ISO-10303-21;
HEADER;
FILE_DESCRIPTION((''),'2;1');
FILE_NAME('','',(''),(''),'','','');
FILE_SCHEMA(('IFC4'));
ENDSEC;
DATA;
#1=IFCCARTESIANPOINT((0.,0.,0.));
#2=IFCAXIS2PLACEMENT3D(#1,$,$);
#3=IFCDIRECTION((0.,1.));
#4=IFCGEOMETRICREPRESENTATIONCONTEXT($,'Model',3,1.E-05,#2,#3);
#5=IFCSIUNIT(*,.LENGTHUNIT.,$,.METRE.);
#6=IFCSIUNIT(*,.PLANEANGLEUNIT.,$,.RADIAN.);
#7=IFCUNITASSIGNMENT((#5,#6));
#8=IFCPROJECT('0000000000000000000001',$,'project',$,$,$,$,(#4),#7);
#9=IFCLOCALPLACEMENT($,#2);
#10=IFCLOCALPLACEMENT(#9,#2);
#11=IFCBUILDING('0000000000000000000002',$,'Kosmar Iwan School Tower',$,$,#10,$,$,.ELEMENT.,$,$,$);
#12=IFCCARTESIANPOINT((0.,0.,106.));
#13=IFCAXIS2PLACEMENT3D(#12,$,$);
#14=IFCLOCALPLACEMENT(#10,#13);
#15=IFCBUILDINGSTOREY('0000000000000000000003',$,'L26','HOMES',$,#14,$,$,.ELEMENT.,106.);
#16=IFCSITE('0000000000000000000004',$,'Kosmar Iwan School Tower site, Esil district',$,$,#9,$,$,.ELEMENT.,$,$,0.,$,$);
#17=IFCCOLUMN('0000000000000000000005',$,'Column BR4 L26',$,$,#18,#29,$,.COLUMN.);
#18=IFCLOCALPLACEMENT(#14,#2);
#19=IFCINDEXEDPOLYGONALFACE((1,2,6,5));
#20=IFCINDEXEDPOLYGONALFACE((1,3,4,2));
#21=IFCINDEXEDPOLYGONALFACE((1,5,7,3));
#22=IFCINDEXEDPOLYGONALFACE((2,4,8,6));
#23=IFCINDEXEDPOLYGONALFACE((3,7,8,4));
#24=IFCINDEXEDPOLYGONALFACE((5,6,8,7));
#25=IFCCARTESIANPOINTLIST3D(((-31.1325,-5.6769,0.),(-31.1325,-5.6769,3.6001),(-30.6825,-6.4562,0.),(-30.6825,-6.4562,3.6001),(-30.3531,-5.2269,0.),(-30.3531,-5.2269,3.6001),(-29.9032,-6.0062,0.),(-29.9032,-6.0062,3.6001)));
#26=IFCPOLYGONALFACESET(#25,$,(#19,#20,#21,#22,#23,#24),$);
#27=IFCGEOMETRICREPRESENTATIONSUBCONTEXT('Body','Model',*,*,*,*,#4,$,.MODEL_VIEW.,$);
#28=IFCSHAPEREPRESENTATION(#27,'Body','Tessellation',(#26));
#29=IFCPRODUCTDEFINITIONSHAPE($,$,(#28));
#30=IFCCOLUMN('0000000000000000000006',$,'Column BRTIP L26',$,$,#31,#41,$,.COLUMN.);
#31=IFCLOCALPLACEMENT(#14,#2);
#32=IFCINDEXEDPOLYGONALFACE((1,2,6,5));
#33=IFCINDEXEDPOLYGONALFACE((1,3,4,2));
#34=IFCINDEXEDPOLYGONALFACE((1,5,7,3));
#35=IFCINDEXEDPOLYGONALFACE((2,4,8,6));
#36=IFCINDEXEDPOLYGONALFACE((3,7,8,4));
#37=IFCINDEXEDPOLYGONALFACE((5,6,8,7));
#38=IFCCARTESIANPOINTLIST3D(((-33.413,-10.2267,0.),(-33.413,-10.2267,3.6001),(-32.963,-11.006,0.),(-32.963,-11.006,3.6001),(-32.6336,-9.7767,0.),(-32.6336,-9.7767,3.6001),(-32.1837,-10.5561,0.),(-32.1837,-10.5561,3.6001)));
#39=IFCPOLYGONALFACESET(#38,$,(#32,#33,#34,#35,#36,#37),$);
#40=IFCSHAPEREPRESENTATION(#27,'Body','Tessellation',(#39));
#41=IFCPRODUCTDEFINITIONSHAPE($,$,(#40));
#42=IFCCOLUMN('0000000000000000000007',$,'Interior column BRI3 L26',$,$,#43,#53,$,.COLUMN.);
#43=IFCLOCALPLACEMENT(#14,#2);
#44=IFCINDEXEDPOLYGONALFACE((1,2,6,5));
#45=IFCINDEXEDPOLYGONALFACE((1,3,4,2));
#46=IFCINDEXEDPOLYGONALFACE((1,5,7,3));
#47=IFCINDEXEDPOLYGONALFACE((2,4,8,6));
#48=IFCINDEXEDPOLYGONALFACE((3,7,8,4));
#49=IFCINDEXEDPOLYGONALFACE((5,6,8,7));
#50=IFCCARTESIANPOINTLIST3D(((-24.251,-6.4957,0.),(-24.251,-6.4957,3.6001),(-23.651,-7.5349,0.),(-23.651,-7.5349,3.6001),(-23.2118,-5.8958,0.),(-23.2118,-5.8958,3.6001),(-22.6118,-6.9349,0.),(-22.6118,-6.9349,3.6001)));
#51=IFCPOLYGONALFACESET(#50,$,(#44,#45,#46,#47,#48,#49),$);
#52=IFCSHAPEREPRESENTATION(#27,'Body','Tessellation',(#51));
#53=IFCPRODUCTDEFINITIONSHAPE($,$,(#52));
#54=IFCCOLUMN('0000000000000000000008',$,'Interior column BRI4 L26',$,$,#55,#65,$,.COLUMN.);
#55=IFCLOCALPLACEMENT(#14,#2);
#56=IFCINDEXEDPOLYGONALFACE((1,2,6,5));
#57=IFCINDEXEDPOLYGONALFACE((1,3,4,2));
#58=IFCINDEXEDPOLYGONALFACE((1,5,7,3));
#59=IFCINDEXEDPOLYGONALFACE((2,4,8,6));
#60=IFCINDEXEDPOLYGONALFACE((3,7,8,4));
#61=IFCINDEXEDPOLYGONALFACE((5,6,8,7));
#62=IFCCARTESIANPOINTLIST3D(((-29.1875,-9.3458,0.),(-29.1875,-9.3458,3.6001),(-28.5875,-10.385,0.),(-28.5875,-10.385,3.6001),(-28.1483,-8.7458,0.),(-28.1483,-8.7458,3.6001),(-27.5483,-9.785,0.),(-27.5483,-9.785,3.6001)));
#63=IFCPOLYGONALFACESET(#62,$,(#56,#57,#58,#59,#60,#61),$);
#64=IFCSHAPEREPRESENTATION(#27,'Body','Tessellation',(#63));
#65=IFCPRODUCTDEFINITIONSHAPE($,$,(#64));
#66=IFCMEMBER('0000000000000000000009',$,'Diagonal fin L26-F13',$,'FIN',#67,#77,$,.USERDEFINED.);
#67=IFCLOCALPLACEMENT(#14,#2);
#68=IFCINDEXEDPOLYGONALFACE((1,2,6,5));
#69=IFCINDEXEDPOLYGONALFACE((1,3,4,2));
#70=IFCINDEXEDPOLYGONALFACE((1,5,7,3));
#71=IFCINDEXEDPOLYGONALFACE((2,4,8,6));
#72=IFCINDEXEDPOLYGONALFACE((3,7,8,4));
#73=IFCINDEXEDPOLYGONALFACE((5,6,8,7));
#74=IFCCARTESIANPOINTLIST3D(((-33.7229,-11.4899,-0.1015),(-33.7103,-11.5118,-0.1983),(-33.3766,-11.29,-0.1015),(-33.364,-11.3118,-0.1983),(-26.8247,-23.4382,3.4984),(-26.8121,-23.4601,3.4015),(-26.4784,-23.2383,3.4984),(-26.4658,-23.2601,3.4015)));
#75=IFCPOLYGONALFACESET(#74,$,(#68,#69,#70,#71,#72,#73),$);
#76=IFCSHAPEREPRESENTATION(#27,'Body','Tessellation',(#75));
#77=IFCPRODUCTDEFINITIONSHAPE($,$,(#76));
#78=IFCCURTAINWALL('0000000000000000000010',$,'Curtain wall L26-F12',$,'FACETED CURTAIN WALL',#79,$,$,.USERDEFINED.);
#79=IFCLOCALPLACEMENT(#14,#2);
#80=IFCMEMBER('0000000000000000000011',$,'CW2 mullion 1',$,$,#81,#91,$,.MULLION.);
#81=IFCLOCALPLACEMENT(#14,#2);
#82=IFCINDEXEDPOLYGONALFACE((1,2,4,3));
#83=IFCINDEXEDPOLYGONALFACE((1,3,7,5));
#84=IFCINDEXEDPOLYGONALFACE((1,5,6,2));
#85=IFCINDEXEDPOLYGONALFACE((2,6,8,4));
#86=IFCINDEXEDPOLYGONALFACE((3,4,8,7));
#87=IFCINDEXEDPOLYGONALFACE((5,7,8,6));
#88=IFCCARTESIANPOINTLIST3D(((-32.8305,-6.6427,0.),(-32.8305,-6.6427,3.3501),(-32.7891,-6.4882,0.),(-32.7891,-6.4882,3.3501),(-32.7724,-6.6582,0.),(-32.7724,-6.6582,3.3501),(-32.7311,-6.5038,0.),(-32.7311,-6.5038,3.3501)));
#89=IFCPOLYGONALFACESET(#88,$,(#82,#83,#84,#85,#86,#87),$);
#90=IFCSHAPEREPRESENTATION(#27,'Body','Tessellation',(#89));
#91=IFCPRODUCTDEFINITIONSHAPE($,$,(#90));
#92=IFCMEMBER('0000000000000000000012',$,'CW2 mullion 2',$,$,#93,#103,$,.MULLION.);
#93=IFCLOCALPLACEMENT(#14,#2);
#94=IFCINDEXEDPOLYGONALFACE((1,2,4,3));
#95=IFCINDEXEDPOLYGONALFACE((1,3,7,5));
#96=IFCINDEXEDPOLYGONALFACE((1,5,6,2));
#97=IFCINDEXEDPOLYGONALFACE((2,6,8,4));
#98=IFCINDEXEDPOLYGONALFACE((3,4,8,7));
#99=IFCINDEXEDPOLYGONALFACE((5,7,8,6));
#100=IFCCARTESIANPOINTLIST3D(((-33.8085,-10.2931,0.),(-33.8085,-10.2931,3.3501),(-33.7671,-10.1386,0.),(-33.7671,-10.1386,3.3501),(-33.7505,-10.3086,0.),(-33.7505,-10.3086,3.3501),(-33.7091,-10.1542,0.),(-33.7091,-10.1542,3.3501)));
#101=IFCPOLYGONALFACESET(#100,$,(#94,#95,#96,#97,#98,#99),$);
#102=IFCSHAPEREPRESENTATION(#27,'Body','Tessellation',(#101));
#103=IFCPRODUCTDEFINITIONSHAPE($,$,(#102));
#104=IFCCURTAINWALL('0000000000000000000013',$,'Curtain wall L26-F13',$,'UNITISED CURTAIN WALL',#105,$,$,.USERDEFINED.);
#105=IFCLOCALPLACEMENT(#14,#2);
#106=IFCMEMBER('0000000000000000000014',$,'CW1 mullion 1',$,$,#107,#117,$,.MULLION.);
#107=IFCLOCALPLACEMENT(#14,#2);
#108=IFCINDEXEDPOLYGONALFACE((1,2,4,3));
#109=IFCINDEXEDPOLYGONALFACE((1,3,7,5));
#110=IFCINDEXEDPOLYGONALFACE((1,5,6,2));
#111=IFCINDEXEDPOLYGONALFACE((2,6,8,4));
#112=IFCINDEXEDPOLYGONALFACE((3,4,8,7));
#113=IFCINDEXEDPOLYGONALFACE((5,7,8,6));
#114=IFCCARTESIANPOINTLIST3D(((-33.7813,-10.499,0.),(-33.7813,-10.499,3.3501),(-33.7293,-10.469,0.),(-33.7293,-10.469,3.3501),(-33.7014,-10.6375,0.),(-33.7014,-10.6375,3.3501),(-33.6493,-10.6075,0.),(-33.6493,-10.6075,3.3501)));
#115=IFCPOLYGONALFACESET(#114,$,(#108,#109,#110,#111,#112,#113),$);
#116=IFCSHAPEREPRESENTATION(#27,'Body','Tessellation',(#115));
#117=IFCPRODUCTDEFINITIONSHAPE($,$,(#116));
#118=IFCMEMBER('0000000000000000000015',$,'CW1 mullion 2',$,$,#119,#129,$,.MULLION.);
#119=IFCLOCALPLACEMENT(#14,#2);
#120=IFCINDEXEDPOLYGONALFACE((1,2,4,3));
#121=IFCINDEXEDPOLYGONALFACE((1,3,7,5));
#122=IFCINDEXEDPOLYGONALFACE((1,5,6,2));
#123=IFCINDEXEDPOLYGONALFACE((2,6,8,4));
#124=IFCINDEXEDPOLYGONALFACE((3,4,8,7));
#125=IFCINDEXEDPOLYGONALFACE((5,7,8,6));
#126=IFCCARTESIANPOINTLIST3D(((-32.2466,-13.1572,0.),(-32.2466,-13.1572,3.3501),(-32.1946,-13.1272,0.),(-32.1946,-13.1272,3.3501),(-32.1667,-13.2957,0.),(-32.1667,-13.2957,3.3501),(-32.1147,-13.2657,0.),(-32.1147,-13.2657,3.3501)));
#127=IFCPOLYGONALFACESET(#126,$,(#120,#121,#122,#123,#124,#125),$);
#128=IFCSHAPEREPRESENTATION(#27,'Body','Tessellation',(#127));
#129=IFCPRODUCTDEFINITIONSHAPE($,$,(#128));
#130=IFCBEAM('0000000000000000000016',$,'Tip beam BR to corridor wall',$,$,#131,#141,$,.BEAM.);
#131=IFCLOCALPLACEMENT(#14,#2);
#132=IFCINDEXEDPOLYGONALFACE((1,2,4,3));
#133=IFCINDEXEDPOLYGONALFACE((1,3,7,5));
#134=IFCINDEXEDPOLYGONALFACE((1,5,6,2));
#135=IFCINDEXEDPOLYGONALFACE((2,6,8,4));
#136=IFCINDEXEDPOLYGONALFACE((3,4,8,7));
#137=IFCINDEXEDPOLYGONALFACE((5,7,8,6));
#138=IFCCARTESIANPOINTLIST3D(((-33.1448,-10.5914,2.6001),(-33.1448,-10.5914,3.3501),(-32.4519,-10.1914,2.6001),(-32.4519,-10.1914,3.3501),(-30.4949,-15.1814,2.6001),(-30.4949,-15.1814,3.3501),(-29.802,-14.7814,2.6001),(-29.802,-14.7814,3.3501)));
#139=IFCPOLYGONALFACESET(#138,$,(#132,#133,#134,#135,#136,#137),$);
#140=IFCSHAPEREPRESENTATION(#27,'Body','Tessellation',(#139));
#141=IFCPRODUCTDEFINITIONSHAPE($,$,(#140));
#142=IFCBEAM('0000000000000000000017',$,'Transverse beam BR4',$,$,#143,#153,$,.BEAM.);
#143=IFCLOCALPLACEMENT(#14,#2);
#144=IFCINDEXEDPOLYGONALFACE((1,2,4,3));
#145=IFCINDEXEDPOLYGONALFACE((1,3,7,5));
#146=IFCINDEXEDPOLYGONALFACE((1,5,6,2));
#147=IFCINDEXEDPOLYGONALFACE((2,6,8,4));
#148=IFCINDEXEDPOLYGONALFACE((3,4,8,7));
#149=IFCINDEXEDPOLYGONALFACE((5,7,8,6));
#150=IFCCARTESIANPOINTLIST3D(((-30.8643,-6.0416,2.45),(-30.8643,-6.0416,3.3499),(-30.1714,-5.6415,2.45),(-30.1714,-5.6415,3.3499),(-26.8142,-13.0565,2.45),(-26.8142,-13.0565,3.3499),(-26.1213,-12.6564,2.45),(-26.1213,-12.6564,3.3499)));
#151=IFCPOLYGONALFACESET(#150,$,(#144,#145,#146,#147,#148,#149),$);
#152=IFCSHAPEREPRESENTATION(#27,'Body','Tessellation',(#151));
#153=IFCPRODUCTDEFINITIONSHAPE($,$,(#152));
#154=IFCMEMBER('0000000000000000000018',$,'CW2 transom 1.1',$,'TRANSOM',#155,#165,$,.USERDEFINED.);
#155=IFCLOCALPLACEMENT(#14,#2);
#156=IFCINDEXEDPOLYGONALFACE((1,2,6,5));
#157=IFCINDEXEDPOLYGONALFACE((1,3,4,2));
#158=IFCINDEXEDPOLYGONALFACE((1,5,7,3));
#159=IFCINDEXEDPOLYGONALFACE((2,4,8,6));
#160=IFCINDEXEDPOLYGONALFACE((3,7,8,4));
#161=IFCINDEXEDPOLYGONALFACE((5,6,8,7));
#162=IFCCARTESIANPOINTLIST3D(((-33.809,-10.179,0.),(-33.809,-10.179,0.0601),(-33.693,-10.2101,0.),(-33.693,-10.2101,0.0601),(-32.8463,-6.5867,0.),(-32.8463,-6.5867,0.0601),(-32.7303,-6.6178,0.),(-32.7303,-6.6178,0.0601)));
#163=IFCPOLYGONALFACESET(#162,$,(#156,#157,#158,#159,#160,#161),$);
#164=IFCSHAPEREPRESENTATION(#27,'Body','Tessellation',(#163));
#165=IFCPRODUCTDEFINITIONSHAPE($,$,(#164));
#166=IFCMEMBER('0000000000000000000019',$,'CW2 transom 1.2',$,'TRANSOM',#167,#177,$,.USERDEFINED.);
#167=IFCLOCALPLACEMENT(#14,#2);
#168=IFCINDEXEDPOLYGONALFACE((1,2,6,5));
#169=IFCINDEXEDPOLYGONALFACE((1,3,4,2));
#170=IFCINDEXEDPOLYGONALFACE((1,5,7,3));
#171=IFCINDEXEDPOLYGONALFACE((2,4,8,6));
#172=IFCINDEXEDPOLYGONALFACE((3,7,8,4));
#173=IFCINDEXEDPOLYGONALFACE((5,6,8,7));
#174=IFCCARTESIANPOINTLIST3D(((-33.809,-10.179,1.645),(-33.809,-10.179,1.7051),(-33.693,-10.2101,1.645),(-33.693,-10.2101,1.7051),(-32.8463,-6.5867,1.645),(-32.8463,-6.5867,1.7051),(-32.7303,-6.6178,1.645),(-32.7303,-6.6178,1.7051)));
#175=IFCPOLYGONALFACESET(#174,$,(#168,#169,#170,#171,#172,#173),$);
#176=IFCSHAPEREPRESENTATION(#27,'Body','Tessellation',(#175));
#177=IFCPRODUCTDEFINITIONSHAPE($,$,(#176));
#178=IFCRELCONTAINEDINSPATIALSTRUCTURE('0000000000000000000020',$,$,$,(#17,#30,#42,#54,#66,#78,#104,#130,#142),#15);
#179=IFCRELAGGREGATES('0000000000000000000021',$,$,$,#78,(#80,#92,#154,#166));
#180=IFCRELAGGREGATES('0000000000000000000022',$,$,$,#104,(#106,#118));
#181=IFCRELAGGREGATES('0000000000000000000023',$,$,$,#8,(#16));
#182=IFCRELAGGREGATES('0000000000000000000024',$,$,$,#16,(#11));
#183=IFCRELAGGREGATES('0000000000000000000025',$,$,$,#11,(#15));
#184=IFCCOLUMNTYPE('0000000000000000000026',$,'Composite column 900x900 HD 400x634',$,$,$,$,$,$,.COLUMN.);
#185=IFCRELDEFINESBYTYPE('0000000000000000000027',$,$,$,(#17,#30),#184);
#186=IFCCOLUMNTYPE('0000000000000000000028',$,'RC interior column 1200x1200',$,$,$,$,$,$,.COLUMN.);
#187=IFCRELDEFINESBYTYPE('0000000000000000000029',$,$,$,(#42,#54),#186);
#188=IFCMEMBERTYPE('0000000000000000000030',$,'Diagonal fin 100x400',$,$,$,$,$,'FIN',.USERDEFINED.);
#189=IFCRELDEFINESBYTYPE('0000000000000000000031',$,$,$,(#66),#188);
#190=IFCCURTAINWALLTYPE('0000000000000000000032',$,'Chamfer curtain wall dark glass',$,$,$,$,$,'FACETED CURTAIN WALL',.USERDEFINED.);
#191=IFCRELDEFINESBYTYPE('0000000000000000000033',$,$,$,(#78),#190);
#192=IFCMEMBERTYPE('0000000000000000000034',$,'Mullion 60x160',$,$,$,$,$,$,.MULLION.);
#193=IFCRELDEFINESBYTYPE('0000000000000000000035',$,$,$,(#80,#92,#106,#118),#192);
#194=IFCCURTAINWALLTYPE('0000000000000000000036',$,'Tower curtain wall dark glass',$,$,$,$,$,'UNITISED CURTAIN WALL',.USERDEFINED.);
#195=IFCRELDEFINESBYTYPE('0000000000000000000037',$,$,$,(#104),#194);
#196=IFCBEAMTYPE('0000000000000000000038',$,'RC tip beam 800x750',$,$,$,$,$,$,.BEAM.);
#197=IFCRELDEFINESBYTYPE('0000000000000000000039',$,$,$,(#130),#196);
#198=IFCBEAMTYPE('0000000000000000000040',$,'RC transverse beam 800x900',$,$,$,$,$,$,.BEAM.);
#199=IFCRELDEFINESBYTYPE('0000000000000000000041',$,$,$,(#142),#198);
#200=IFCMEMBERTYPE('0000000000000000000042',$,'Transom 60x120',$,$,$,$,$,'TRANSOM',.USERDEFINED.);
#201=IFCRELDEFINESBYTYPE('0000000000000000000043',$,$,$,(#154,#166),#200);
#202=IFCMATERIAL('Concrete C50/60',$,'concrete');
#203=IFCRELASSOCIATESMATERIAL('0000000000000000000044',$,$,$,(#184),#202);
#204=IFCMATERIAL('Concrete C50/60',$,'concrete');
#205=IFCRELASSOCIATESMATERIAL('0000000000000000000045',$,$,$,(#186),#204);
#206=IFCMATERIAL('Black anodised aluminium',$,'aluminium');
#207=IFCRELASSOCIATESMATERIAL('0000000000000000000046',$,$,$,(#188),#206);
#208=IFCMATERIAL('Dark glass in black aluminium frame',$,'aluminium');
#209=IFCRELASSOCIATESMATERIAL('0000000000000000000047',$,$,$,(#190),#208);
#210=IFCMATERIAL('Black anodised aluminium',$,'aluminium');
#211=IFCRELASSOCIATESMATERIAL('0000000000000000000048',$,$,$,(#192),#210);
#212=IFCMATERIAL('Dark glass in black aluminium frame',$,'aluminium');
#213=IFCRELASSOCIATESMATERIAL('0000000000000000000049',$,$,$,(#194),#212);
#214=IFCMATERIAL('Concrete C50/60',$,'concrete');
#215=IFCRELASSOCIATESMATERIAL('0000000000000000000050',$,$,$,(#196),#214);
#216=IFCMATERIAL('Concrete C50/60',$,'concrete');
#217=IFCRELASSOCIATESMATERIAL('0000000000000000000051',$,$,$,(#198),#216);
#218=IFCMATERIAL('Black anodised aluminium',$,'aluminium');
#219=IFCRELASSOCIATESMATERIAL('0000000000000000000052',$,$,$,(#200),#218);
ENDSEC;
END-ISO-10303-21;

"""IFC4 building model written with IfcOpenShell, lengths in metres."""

from ifc_helpers import new_model, si_unit, direction, frame, origin, origin_2d, place, context, subcontext, project, spatial, rectangle, extrude, material, material_profile, profile_set, type_object, element, aggregate, save


model = new_model("IFC4")

# Units and contexts
model_context = context("Model", 3, precision=1e-05, world=origin(), true_north=direction((0.0, 1.0)))
body_context = subcontext(model_context, "Body", "Model", "MODEL_VIEW")
ifc_project = project(units=[si_unit("LENGTHUNIT", "METRE"), si_unit("PLANEANGLEUNIT", "RADIAN")], contexts=[model_context])

# Site, building, storey
site_placement = place(None, origin())
site = spatial("IfcSite", under=ifc_project, at=site_placement, Name="Kosmar Iwan School Tower site, Esil district", CompositionType="ELEMENT", RefElevation=0.0)
building_placement = place(site_placement, origin())
building = spatial("IfcBuilding", under=site, at=building_placement, Name="Kosmar Iwan School Tower", CompositionType="ELEMENT")
storey_placement = place(building_placement, frame((0.0, 0.0, 106.0)))
storey = spatial("IfcBuildingStorey", under=building, at=storey_placement, Name="L26", Description="HOMES", CompositionType="ELEMENT", Elevation=106.0)

# Columns
ifc_material_1 = material(Name="Concrete C50/60", Category="concrete")
ifc_material_profile_1 = material_profile(ifc_material_1, rectangle(XDim=0.8999, YDim=0.8999, at=origin_2d()), Name="RC 900x900 + HD 400x634")
ifc_profile_set_1 = profile_set([ifc_material_profile_1], Name="Concrete C50/60")
column_type_1 = type_object("IfcColumnType", Name="Composite column 900x900 HD 400x634", PredefinedType="COLUMN", material=ifc_profile_set_1)
for number, where, z_axis, x_axis, name in (
    (1, (-30.5178, -5.8416, 0.0), (0.0, 0.0, 1.0), (-0.866025, -0.5, 0.0), "Column BR4 L26"),
    (2, (-32.7983, -10.3914, 0.0), (0.0, 0.0, 1.0), (-0.866025, -0.5, 0.0), "Column BRTIP L26"),
):
    element("IfcColumn", number, at=place(storey_placement, frame(where, z_axis=z_axis, x_axis=x_axis)), inside=storey, type_object=column_type_1, Name=name, PredefinedType="COLUMN", context=body_context, shape_type="SweptSolid", body=[
        extrude(rectangle(XDim=0.8999, YDim=0.8999, at=origin_2d()), origin(), (0.0, 0.0, 1.0), 3.6001),
    ])
ifc_material_2 = material(Name="Concrete C50/60", Category="concrete")
ifc_material_profile_2 = material_profile(ifc_material_2, rectangle(XDim=1.2, YDim=1.2, at=origin_2d()), Name="RC 1200x1200")
ifc_profile_set_2 = profile_set([ifc_material_profile_2], Name="Concrete C50/60")
column_type_2 = type_object("IfcColumnType", Name="RC interior column 1200x1200", PredefinedType="COLUMN", material=ifc_profile_set_2)
for number, where, z_axis, x_axis, name in (
    (3, (-23.4314, -6.7153, 0.0), (0.0, 0.0, 1.0), (-0.866025, -0.5, 0.0), "Interior column BRI3 L26"),
    (4, (-28.3679, -9.5654, 0.0), (0.0, 0.0, 1.0), (-0.866025, -0.5, 0.0), "Interior column BRI4 L26"),
):
    element("IfcColumn", number, at=place(storey_placement, frame(where, z_axis=z_axis, x_axis=x_axis)), inside=storey, type_object=column_type_2, Name=name, PredefinedType="COLUMN", context=body_context, shape_type="SweptSolid", body=[
        extrude(rectangle(XDim=1.2, YDim=1.2, at=origin_2d()), origin(), (0.0, 0.0, 1.0), 3.6001),
    ])

# Member
ifc_material_3 = material(Name="Black anodised aluminium", Category="aluminium")
ifc_material_profile_3 = material_profile(ifc_material_3, rectangle(XDim=0.1001, YDim=0.3999, at=origin_2d()), Name="FIN 100x400")
ifc_profile_set_3 = profile_set([ifc_material_profile_3], Name="Black anodised aluminium")
member_type_1 = type_object("IfcMemberType", Name="Diagonal fin 100x400", ElementType="FIN", PredefinedType="USERDEFINED", material=ifc_profile_set_3)
member_1_placement = place(storey_placement, frame((-33.5435, -11.4009, -0.1499), z_axis=(0.483796, -0.837974, 0.252471), x_axis=(-0.126234, 0.218647, 0.967604)))
element("IfcMember", 5, at=member_1_placement, inside=storey, type_object=member_type_1, Name="Diagonal fin L26-F13", ObjectType="FIN", PredefinedType="USERDEFINED", context=body_context, shape_type="SweptSolid", body=[
    extrude(rectangle(XDim=0.1001, YDim=0.3999, at=origin_2d()), origin(), (0.0, 0.0, 1.0), 14.2585),
])

# Curtain walls, members
ifc_material_4 = material(Name="Dark glass in black aluminium frame", Category="aluminium")
curtain_wall_type_1 = type_object("IfcCurtainWallType", Name="Chamfer curtain wall dark glass", ElementType="FACETED CURTAIN WALL", PredefinedType="USERDEFINED", material=ifc_material_4)
curtain_wall_1_placement = place(storey_placement, origin())
curtain_wall_1 = element("IfcCurtainWall", 6, at=curtain_wall_1_placement, inside=storey, type_object=curtain_wall_type_1, Name="Curtain wall L26-F12", ObjectType="FACETED CURTAIN WALL", PredefinedType="USERDEFINED")
ifc_material_5 = material(Name="Black anodised aluminium", Category="aluminium")
ifc_material_profile_4 = material_profile(ifc_material_5, rectangle(XDim=0.0601, YDim=0.1599, at=origin_2d()), Name="MULLION 60x160")
ifc_profile_set_4 = profile_set([ifc_material_profile_4], Name="Black anodised aluminium")
member_type_2 = type_object("IfcMemberType", Name="Mullion 60x160", PredefinedType="MULLION", material=ifc_profile_set_4)
member_2_placement = place(storey_placement, frame((-32.7808, -6.5732, 0.0), z_axis=(0.0, 0.0, 1.0), x_axis=(0.965926, -0.258819, 0.0)))
member_2 = element("IfcMember", 7, at=member_2_placement, type_object=member_type_2, Name="CW2 mullion 1", PredefinedType="MULLION", context=body_context, shape_type="SweptSolid", body=[
    extrude(rectangle(XDim=0.0601, YDim=0.1599, at=origin_2d()), origin(), (0.0, 0.0, 1.0), 3.3501),
])
member_3_placement = place(storey_placement, frame((-33.7588, -10.2236, 0.0), z_axis=(0.0, 0.0, 1.0), x_axis=(0.965926, -0.258819, 0.0)))
member_3 = element("IfcMember", 8, at=member_3_placement, type_object=member_type_2, Name="CW2 mullion 2", PredefinedType="MULLION", context=body_context, shape_type="SweptSolid", body=[
    extrude(rectangle(XDim=0.0601, YDim=0.1599, at=origin_2d()), origin(), (0.0, 0.0, 1.0), 3.3501),
])
ifc_material_6 = material(Name="Dark glass in black aluminium frame", Category="aluminium")
curtain_wall_type_2 = type_object("IfcCurtainWallType", Name="Tower curtain wall dark glass", ElementType="UNITISED CURTAIN WALL", PredefinedType="USERDEFINED", material=ifc_material_6)
curtain_wall_2_placement = place(storey_placement, origin())
curtain_wall_2 = element("IfcCurtainWall", 9, at=curtain_wall_2_placement, inside=storey, type_object=curtain_wall_type_2, Name="Curtain wall L26-F13", ObjectType="UNITISED CURTAIN WALL", PredefinedType="USERDEFINED")
member_4_placement = place(storey_placement, frame((-33.7153, -10.5532, 0.0), z_axis=(0.0, 0.0, 1.0), x_axis=(0.866025, 0.5, 0.0)))
member_4 = element("IfcMember", 10, at=member_4_placement, type_object=member_type_2, Name="CW1 mullion 1", PredefinedType="MULLION", context=body_context, shape_type="SweptSolid", body=[
    extrude(rectangle(XDim=0.0601, YDim=0.1599, at=origin_2d()), origin(), (0.0, 0.0, 1.0), 3.3501),
])
member_5_placement = place(storey_placement, frame((-32.1807, -13.2114, 0.0), z_axis=(0.0, 0.0, 1.0), x_axis=(0.866025, 0.5, 0.0)))
member_5 = element("IfcMember", 11, at=member_5_placement, type_object=member_type_2, Name="CW1 mullion 2", PredefinedType="MULLION", context=body_context, shape_type="SweptSolid", body=[
    extrude(rectangle(XDim=0.0601, YDim=0.1599, at=origin_2d()), origin(), (0.0, 0.0, 1.0), 3.3501),
])

# Beams
ifc_material_7 = material(Name="Concrete C50/60", Category="concrete")
ifc_material_profile_5 = material_profile(ifc_material_7, rectangle(XDim=0.8, YDim=0.75, at=origin_2d()), Name="RC 800x750")
ifc_profile_set_5 = profile_set([ifc_material_profile_5], Name="Concrete C50/60")
beam_type_1 = type_object("IfcBeamType", Name="RC tip beam 800x750", PredefinedType="BEAM", material=ifc_profile_set_5)
beam_1_placement = place(storey_placement, frame((-32.7983, -10.3914, 2.9751), z_axis=(0.499974, -0.866041, 0.0), x_axis=(0.866041, 0.499974, 0.0)))
element("IfcBeam", 12, at=beam_1_placement, inside=storey, type_object=beam_type_1, Name="Tip beam BR to corridor wall", PredefinedType="BEAM", context=body_context, shape_type="SweptSolid", body=[
    extrude(rectangle(XDim=0.8, YDim=0.75, at=origin_2d()), origin(), (0.0, 0.0, 1.0), 5.3),
])
ifc_material_8 = material(Name="Concrete C50/60", Category="concrete")
ifc_material_profile_6 = material_profile(ifc_material_8, rectangle(XDim=0.8, YDim=0.8999, at=origin_2d()), Name="RC 800x900")
ifc_profile_set_6 = profile_set([ifc_material_profile_6], Name="Concrete C50/60")
beam_type_2 = type_object("IfcBeamType", Name="RC transverse beam 800x900", PredefinedType="BEAM", material=ifc_profile_set_6)
beam_2_placement = place(storey_placement, frame((-30.5178, -5.8416, 2.8999), z_axis=(0.5, -0.866025, 0.0), x_axis=(0.866025, 0.5, 0.0)))
element("IfcBeam", 13, at=beam_2_placement, inside=storey, type_object=beam_type_2, Name="Transverse beam BR4", PredefinedType="BEAM", context=body_context, shape_type="SweptSolid", body=[
    extrude(rectangle(XDim=0.8, YDim=0.8999, at=origin_2d()), origin(), (0.0, 0.0, 1.0), 8.1001),
])

# Members
ifc_material_9 = material(Name="Black anodised aluminium", Category="aluminium")
ifc_material_profile_7 = material_profile(ifc_material_9, rectangle(XDim=0.1201, YDim=0.0601, at=origin_2d()), Name="TRANSOM 60x120")
ifc_profile_set_7 = profile_set([ifc_material_profile_7], Name="Black anodised aluminium")
member_type_3 = type_object("IfcMemberType", Name="Transom 60x120", ElementType="TRANSOM", PredefinedType="USERDEFINED", material=ifc_profile_set_7)
member_6_placement = place(storey_placement, frame((-32.7883, -6.6023, 0.03), z_axis=(-0.258843, -0.965919, 0.0), x_axis=(0.965919, -0.258843, 0.0)))
member_6 = element("IfcMember", 14, at=member_6_placement, type_object=member_type_3, Name="CW2 transom 1.1", ObjectType="TRANSOM", PredefinedType="USERDEFINED", context=body_context, shape_type="SweptSolid", body=[
    extrude(rectangle(XDim=0.1201, YDim=0.0601, at=origin_2d()), origin(), (0.0, 0.0, 1.0), 3.719),
])
member_7_placement = place(storey_placement, frame((-32.7883, -6.6023, 1.675), z_axis=(-0.258843, -0.965919, 0.0), x_axis=(0.965919, -0.258843, 0.0)))
member_7 = element("IfcMember", 15, at=member_7_placement, type_object=member_type_3, Name="CW2 transom 1.2", ObjectType="TRANSOM", PredefinedType="USERDEFINED", context=body_context, shape_type="SweptSolid", body=[
    extrude(rectangle(XDim=0.1201, YDim=0.0601, at=origin_2d()), origin(), (0.0, 0.0, 1.0), 3.719),
])

aggregate(curtain_wall_1, [member_2, member_3, member_6, member_7])
aggregate(curtain_wall_2, [member_4, member_5])

save(model, "model.ifc")
